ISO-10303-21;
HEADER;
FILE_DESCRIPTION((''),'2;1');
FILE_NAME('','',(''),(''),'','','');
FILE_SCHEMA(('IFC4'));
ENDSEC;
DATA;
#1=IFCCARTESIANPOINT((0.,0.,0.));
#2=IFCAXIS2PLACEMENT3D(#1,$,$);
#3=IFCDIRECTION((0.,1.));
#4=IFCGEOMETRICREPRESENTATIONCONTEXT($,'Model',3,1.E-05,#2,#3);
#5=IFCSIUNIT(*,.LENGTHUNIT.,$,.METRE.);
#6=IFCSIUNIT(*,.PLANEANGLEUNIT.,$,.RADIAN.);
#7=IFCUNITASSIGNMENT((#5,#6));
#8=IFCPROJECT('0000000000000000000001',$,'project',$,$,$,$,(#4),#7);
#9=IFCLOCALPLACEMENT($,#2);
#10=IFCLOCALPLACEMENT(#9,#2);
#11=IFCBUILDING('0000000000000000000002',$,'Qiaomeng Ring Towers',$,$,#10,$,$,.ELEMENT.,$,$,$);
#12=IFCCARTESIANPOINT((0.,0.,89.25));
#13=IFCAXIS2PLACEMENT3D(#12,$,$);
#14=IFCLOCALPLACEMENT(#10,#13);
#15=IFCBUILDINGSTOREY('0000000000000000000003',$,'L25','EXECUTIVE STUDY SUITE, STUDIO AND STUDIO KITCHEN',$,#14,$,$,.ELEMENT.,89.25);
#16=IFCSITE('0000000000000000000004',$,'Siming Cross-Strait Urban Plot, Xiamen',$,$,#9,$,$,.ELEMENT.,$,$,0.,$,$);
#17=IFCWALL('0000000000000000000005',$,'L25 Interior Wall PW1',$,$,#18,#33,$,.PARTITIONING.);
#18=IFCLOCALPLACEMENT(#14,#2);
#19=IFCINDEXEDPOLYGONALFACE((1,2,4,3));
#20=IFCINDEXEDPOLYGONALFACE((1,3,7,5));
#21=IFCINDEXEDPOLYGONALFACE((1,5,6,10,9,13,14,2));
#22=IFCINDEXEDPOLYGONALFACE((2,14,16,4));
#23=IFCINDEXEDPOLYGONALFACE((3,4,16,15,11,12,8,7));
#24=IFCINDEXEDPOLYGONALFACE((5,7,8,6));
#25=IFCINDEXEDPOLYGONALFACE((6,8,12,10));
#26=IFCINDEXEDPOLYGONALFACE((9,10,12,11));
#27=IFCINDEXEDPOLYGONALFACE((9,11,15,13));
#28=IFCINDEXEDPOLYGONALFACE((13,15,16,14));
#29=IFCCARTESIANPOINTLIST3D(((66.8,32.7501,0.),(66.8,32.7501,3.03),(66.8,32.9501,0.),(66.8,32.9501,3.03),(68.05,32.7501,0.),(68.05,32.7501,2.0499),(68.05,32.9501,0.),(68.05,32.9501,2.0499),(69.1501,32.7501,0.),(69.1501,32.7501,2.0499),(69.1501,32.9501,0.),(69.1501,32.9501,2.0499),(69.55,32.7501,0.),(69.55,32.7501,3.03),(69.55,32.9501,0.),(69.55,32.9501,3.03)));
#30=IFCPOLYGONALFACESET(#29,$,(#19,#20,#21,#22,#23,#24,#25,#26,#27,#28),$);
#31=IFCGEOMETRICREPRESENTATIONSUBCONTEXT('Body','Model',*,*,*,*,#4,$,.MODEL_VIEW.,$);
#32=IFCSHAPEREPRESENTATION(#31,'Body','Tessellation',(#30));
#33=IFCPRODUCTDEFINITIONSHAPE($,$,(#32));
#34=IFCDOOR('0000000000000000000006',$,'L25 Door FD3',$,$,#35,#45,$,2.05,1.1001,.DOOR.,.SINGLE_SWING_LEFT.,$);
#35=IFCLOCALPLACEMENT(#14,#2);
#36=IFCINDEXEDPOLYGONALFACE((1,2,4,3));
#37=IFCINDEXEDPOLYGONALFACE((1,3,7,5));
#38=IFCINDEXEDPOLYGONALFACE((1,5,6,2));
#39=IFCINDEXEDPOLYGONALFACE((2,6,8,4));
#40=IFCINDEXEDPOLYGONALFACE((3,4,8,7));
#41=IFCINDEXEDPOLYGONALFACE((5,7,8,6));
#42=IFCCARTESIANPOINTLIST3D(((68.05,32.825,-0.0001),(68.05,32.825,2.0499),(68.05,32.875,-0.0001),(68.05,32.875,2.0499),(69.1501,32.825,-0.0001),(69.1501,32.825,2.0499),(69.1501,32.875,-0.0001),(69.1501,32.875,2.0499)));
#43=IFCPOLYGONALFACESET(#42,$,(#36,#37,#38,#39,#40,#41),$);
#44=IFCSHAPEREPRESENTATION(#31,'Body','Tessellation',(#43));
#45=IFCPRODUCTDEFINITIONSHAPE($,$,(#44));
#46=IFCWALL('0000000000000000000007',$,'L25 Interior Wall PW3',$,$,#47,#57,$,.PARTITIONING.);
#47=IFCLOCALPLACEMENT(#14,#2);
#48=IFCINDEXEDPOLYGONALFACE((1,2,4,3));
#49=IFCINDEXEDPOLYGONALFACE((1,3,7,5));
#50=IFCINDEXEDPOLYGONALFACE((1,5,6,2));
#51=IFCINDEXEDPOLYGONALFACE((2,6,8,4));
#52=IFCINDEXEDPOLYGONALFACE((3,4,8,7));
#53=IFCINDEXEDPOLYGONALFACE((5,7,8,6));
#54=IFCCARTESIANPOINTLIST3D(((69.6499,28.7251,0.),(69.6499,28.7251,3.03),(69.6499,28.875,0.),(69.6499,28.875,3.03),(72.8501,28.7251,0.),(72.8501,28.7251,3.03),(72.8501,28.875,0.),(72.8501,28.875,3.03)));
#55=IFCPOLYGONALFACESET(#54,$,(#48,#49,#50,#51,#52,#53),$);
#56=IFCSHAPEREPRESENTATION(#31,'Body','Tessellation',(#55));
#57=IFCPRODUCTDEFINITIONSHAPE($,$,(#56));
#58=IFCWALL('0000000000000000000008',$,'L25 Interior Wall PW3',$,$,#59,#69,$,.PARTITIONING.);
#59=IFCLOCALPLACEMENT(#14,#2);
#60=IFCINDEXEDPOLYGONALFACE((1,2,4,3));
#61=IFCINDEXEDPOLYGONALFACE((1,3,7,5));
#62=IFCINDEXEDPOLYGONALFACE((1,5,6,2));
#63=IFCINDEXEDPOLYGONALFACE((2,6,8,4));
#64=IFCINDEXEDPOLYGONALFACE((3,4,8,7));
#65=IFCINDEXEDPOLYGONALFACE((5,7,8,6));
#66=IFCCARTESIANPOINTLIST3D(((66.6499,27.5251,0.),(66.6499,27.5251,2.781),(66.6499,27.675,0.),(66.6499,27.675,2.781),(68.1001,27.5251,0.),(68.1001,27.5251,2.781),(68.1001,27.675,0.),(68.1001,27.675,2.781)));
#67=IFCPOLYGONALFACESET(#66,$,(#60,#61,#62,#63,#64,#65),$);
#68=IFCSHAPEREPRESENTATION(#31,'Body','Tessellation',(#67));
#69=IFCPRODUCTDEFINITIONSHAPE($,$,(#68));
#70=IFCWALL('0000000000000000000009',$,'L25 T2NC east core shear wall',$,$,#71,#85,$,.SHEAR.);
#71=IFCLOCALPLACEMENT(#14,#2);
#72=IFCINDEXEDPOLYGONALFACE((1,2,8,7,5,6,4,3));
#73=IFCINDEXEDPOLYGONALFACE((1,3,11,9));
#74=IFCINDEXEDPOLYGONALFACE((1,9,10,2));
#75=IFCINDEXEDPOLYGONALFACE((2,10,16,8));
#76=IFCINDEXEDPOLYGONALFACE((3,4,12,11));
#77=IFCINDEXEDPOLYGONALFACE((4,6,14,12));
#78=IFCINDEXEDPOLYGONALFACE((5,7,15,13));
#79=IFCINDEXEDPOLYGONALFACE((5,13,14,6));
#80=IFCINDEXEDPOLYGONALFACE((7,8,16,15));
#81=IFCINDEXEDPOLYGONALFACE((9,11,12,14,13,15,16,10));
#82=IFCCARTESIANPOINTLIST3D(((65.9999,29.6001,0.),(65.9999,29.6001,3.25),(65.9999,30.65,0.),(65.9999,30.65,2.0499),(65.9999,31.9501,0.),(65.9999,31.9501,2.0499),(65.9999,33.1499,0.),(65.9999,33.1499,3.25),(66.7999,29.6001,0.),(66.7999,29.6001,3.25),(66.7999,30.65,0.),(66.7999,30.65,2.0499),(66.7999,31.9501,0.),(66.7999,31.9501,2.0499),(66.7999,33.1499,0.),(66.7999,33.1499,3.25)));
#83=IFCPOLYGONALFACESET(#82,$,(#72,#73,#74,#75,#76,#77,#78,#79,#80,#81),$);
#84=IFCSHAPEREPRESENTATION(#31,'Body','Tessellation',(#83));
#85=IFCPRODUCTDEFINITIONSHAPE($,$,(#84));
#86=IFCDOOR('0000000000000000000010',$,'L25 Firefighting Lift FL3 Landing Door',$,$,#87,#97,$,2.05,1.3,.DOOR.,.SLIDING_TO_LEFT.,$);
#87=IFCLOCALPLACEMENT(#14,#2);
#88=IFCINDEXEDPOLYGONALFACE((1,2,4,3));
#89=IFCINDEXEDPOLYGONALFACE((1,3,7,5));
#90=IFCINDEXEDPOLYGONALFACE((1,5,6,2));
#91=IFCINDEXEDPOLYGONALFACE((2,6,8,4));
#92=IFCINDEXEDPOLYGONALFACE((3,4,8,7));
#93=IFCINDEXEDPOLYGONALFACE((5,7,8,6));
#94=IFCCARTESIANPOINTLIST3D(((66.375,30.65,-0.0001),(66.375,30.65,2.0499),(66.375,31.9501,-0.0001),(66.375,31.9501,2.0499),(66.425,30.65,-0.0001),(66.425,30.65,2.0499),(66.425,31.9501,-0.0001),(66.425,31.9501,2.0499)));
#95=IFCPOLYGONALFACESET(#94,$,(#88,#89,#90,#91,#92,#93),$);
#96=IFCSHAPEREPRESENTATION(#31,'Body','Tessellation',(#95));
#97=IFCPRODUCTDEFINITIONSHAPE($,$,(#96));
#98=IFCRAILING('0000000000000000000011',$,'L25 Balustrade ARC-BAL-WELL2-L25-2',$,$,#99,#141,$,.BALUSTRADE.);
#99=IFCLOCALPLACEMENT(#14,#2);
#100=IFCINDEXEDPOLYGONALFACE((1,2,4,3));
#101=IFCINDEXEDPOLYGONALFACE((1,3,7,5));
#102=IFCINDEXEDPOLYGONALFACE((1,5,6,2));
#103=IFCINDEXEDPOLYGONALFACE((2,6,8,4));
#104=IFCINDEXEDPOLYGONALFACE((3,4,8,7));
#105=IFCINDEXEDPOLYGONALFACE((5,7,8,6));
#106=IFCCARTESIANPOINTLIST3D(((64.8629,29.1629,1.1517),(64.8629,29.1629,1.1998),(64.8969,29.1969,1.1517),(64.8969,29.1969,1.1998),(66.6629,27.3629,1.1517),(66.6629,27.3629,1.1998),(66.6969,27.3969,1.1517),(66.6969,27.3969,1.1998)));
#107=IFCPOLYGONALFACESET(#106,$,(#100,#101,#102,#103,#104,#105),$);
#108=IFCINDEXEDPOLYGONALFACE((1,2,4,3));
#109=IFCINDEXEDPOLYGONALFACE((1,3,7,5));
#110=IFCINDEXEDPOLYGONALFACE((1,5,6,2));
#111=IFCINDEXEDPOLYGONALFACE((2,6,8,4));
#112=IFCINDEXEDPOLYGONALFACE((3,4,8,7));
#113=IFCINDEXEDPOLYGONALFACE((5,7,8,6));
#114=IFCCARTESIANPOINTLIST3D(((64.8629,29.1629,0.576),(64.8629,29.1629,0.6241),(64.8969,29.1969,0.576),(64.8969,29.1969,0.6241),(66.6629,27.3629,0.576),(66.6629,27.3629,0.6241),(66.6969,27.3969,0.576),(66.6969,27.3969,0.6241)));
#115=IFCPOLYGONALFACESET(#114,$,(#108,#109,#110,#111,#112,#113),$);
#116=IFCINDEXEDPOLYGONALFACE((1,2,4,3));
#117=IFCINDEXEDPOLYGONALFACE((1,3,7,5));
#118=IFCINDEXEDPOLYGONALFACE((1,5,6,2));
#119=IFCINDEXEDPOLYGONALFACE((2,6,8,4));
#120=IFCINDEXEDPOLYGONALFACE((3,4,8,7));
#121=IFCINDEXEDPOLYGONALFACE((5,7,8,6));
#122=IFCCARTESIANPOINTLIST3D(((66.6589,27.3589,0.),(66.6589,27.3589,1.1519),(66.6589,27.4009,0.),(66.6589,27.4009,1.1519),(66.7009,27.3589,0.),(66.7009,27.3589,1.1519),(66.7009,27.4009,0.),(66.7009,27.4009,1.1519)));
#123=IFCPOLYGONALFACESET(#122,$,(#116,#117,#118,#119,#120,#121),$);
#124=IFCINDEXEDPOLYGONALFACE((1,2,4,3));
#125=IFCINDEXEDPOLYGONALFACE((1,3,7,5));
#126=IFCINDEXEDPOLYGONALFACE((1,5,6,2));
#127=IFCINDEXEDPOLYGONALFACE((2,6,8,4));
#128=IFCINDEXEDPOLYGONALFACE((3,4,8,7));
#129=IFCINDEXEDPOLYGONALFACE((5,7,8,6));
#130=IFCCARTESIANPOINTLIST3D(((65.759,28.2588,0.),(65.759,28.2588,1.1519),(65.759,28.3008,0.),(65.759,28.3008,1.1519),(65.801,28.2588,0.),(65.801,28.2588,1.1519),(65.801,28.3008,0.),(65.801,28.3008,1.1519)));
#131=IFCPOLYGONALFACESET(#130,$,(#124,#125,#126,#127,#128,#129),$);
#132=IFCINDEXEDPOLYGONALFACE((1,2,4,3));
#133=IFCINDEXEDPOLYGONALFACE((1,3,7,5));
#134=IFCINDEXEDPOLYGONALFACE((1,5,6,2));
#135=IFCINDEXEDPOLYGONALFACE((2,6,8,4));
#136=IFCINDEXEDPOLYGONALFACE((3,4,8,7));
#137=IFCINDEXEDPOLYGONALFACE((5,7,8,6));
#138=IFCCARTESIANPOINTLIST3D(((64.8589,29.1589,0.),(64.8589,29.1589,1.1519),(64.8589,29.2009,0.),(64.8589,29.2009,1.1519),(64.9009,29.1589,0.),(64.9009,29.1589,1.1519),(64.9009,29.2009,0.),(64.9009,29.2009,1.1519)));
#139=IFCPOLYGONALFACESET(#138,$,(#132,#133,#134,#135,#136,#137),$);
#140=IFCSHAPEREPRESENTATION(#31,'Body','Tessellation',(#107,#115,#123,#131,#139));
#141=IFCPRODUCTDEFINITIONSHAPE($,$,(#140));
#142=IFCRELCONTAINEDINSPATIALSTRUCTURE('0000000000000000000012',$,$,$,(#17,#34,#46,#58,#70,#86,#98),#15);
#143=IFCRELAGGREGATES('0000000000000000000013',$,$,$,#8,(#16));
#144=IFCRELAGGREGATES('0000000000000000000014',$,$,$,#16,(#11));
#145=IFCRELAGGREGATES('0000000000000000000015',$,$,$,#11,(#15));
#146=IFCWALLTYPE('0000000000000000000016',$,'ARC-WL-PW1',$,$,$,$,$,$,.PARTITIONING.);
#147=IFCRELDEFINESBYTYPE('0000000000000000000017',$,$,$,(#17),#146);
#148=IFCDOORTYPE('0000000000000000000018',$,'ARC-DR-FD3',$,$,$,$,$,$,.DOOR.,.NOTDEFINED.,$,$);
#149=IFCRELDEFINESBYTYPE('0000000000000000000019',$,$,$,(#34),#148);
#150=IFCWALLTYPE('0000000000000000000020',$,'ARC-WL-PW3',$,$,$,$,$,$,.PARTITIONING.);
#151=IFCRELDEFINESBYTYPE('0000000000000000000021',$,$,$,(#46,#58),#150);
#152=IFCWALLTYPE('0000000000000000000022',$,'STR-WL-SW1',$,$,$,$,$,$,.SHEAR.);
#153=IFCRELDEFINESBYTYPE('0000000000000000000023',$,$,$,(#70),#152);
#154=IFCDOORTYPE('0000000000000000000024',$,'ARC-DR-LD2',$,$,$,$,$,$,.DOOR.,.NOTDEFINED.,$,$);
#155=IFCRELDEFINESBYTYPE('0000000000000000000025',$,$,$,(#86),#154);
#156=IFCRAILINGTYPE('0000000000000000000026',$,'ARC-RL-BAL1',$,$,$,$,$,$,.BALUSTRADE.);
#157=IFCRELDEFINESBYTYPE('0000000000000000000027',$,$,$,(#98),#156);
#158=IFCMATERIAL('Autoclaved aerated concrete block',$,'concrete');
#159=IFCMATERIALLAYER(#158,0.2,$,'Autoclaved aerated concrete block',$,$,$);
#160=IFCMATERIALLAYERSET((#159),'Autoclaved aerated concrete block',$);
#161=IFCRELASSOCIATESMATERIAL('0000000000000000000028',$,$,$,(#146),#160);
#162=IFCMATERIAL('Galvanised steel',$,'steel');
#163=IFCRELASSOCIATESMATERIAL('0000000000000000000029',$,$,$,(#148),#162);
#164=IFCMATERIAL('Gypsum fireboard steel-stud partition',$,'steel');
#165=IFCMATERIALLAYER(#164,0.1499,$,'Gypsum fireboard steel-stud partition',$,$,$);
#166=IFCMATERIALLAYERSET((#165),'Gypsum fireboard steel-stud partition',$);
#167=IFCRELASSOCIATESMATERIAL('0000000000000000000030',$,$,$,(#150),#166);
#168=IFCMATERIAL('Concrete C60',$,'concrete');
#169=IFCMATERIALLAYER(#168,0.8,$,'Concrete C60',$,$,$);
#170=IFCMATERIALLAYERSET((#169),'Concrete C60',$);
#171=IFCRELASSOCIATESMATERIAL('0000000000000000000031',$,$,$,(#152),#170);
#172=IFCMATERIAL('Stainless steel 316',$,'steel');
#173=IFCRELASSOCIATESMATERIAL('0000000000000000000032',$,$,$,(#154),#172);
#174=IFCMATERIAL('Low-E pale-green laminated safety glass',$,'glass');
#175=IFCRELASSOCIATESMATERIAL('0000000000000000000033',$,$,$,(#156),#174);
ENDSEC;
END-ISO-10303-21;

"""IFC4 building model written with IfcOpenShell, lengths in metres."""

from ifc_helpers import new_model, si_unit, direction, frame, frame_2d, origin, origin_2d, place, context, subcontext, project, spatial, rectangle, extrude, source, transform, mapped, material, layer, layer_set, type_object, element, fill, save


model = new_model("IFC4")

# Units and contexts
model_context = context("Model", 3, precision=1e-05, world=origin(), true_north=direction((0.0, 1.0)))
body_context = subcontext(model_context, "Body", "Model", "MODEL_VIEW")
ifc_project = project(units=[si_unit("LENGTHUNIT", "METRE"), si_unit("PLANEANGLEUNIT", "RADIAN")], contexts=[model_context])

# Site, building, storey
site_placement = place(None, origin())
site = spatial("IfcSite", under=ifc_project, at=site_placement, Name="Siming Cross-Strait Urban Plot, Xiamen", CompositionType="ELEMENT", RefElevation=0.0)
building_placement = place(site_placement, origin())
building = spatial("IfcBuilding", under=site, at=building_placement, Name="Qiaomeng Ring Towers", CompositionType="ELEMENT")
storey_placement = place(building_placement, frame((0.0, 0.0, 89.25)))
storey = spatial("IfcBuildingStorey", under=building, at=storey_placement, Name="L25", Description="EXECUTIVE STUDY SUITE, STUDIO AND STUDIO KITCHEN", CompositionType="ELEMENT", Elevation=89.25)

# Shared definitions
ifc_material_1 = material(Name="Autoclaved aerated concrete block", Category="concrete")
ifc_layer_1 = layer(ifc_material_1, 0.2, Name="Autoclaved aerated concrete block")
ifc_layer_set_1 = layer_set([ifc_layer_1], Name="Autoclaved aerated concrete block")
wall_type_1 = type_object("IfcWallType", Name="ARC-WL-PW1", PredefinedType="PARTITIONING", material=ifc_layer_set_1)

# Wall, opening, door
wall_1_placement = place(storey_placement, frame((66.8, 32.8501, 0.0), z_axis=(0.0, 0.0, 1.0), x_axis=(1.0, 0.0, 0.0)))
wall_1 = element("IfcWall", 1, at=wall_1_placement, inside=storey, type_object=wall_type_1, Name="L25 Interior Wall PW1", PredefinedType="PARTITIONING", context=body_context, shape_type="SweptSolid", body=[
    extrude(rectangle(XDim=2.75, YDim=0.2, at=frame_2d((1.375, 0.0))), origin(), (0.0, 0.0, 1.0), 3.03),
])
opening_1_placement = place(wall_1_placement, frame((1.25, 0.0, 0.0)))
opening_1 = element("IfcOpeningElement", 2, at=opening_1_placement, cuts=wall_1, PredefinedType="OPENING", context=body_context, shape_type="SweptSolid", body=[
    extrude(rectangle(XDim=1.1001, YDim=2.05, at=frame_2d((0.55, 1.0249))), frame((0.0, 0.1099, 0.0), z_axis=(0.0, -1.0, 0.0), x_axis=(1.0, 0.0, 0.0)), (0.0, 0.0, 1.0), 0.22),
])
ifc_material_2 = material(Name="Galvanised steel", Category="steel")
door_type_1 = type_object("IfcDoorType", Name="ARC-DR-FD3", OperationType="NOTDEFINED", PredefinedType="DOOR", material=ifc_material_2)
shared_shape_1 = source(origin(), body_context, "Body", "SweptSolid", [
    extrude(rectangle(XDim=1.1001, YDim=2.05, at=frame_2d((0.55, 1.0249))), frame((0.0, 0.0249, 0.0), z_axis=(0.0, -1.0, 0.0), x_axis=(1.0, 0.0, 0.0)), (0.0, 0.0, 1.0), 0.05),
])
door_1_placement = place(opening_1_placement, origin())
door_1 = element("IfcDoor", 3, at=door_1_placement, inside=storey, type_object=door_type_1, Name="L25 Door FD3", OperationType="SINGLE_SWING_LEFT", OverallHeight=2.05, OverallWidth=1.1001, PredefinedType="DOOR", context=body_context, shape_type="MappedRepresentation", body=[
    mapped(shared_shape_1, transform((0.0, 0.0, 0.0), x_axis=(1.0, 0.0, 0.0), y_axis=(0.0, 1.0, 0.0), z_axis=(0.0, 0.0, 1.0), scale=1.0)),
])
fill(opening_1, door_1)

# Walls
ifc_material_3 = material(Name="Gypsum fireboard steel-stud partition", Category="steel")
ifc_layer_2 = layer(ifc_material_3, 0.1499, Name="Gypsum fireboard steel-stud partition")
ifc_layer_set_2 = layer_set([ifc_layer_2], Name="Gypsum fireboard steel-stud partition")
wall_type_2 = type_object("IfcWallType", Name="ARC-WL-PW3", PredefinedType="PARTITIONING", material=ifc_layer_set_2)
wall_2_placement = place(storey_placement, frame((69.6499, 28.8, 0.0), z_axis=(0.0, 0.0, 1.0), x_axis=(1.0, 0.0, 0.0)))
element("IfcWall", 4, at=wall_2_placement, inside=storey, type_object=wall_type_2, Name="L25 Interior Wall PW3", PredefinedType="PARTITIONING", context=body_context, shape_type="SweptSolid", body=[
    extrude(rectangle(XDim=3.2002, YDim=0.1499, at=frame_2d((1.6001, 0.0))), origin(), (0.0, 0.0, 1.0), 3.03),
])
wall_3_placement = place(storey_placement, frame((66.6499, 27.6001, 0.0), z_axis=(0.0, 0.0, 1.0), x_axis=(1.0, 0.0, 0.0)))
element("IfcWall", 5, at=wall_3_placement, inside=storey, type_object=wall_type_2, Name="L25 Interior Wall PW3", PredefinedType="PARTITIONING", context=body_context, shape_type="SweptSolid", body=[
    extrude(rectangle(XDim=1.4502, YDim=0.1499, at=frame_2d((0.7251, 0.0))), origin(), (0.0, 0.0, 1.0), 2.781),
])

# Wall, opening, door
ifc_material_4 = material(Name="Concrete C60", Category="concrete")
ifc_layer_3 = layer(ifc_material_4, 0.8, Name="Concrete C60")
ifc_layer_set_3 = layer_set([ifc_layer_3], Name="Concrete C60")
wall_type_3 = type_object("IfcWallType", Name="STR-WL-SW1", PredefinedType="SHEAR", material=ifc_layer_set_3)
wall_4_placement = place(storey_placement, frame((66.3999, 29.6001, 0.0), z_axis=(0.0, 0.0, 1.0), x_axis=(0.0, 1.0, 0.0)))
wall_4 = element("IfcWall", 6, at=wall_4_placement, inside=storey, type_object=wall_type_3, Name="L25 T2NC east core shear wall", PredefinedType="SHEAR", context=body_context, shape_type="SweptSolid", body=[
    extrude(rectangle(XDim=3.5498, YDim=0.8, at=frame_2d((1.7749, 0.0))), origin(), (0.0, 0.0, 1.0), 3.25),
])
opening_2_placement = place(wall_4_placement, frame((1.05, 0.0, 0.0)))
opening_2 = element("IfcOpeningElement", 7, at=opening_2_placement, cuts=wall_4, PredefinedType="OPENING", context=body_context, shape_type="SweptSolid", body=[
    extrude(rectangle(XDim=1.3, YDim=2.05, at=frame_2d((0.6499, 1.0249))), frame((0.0, 0.4099, 0.0), z_axis=(0.0, -1.0, 0.0), x_axis=(1.0, 0.0, 0.0)), (0.0, 0.0, 1.0), 0.8201),
])
ifc_material_5 = material(Name="Stainless steel 316", Category="steel")
door_type_2 = type_object("IfcDoorType", Name="ARC-DR-LD2", OperationType="NOTDEFINED", PredefinedType="DOOR", material=ifc_material_5)
shared_shape_2 = source(origin(), body_context, "Body", "SweptSolid", [
    extrude(rectangle(XDim=1.3, YDim=2.05, at=frame_2d((0.6499, 1.0249))), frame((0.0, 0.0249, 0.0), z_axis=(0.0, -1.0, 0.0), x_axis=(1.0, 0.0, 0.0)), (0.0, 0.0, 1.0), 0.05),
])
door_2_placement = place(opening_2_placement, origin())
door_2 = element("IfcDoor", 8, at=door_2_placement, inside=storey, type_object=door_type_2, Name="L25 Firefighting Lift FL3 Landing Door", OperationType="SLIDING_TO_LEFT", OverallHeight=2.05, OverallWidth=1.3, PredefinedType="DOOR", context=body_context, shape_type="MappedRepresentation", body=[
    mapped(shared_shape_2, transform((0.0, 0.0, 0.0), x_axis=(1.0, 0.0, 0.0), y_axis=(0.0, 1.0, 0.0), z_axis=(0.0, 0.0, 1.0), scale=1.0)),
])
fill(opening_2, door_2)

# Railing
ifc_material_6 = material(Name="Low-E pale-green laminated safety glass", Category="glass")
railing_type = type_object("IfcRailingType", Name="ARC-RL-BAL1", PredefinedType="BALUSTRADE", material=ifc_material_6)
railing_1_placement = place(storey_placement, frame((66.6799, 27.3799, 0.0)))
element("IfcRailing", 9, at=railing_1_placement, inside=storey, type_object=railing_type, Name="L25 Balustrade ARC-BAL-WELL2-L25-2", PredefinedType="BALUSTRADE", context=body_context, shape_type="SweptSolid", body=[
    extrude(rectangle(XDim=0.0481, YDim=0.0481, at=origin_2d()), frame((0.0, 0.0, 1.1758), z_axis=(-0.707107, 0.707107, 0.0), x_axis=(-0.707107, -0.707107, 0.0)), (0.0, 0.0, 1.0), 2.5457),
    extrude(rectangle(XDim=0.0481, YDim=0.0481, at=origin_2d()), frame((0.0, 0.0, 0.6001), z_axis=(-0.707107, 0.707107, 0.0), x_axis=(-0.707107, -0.707107, 0.0)), (0.0, 0.0, 1.0), 2.5457),
    extrude(rectangle(XDim=0.042, YDim=0.042, at=origin_2d()), origin(), (0.0, 0.0, 1.0), 1.1519),
    extrude(rectangle(XDim=0.042, YDim=0.042, at=origin_2d()), frame((-0.8999, 0.8999, 0.0)), (0.0, 0.0, 1.0), 1.1519),
    extrude(rectangle(XDim=0.042, YDim=0.042, at=origin_2d()), frame((-1.8, 1.8, 0.0)), (0.0, 0.0, 1.0), 1.1519),
])

save(model, "model.ifc")
